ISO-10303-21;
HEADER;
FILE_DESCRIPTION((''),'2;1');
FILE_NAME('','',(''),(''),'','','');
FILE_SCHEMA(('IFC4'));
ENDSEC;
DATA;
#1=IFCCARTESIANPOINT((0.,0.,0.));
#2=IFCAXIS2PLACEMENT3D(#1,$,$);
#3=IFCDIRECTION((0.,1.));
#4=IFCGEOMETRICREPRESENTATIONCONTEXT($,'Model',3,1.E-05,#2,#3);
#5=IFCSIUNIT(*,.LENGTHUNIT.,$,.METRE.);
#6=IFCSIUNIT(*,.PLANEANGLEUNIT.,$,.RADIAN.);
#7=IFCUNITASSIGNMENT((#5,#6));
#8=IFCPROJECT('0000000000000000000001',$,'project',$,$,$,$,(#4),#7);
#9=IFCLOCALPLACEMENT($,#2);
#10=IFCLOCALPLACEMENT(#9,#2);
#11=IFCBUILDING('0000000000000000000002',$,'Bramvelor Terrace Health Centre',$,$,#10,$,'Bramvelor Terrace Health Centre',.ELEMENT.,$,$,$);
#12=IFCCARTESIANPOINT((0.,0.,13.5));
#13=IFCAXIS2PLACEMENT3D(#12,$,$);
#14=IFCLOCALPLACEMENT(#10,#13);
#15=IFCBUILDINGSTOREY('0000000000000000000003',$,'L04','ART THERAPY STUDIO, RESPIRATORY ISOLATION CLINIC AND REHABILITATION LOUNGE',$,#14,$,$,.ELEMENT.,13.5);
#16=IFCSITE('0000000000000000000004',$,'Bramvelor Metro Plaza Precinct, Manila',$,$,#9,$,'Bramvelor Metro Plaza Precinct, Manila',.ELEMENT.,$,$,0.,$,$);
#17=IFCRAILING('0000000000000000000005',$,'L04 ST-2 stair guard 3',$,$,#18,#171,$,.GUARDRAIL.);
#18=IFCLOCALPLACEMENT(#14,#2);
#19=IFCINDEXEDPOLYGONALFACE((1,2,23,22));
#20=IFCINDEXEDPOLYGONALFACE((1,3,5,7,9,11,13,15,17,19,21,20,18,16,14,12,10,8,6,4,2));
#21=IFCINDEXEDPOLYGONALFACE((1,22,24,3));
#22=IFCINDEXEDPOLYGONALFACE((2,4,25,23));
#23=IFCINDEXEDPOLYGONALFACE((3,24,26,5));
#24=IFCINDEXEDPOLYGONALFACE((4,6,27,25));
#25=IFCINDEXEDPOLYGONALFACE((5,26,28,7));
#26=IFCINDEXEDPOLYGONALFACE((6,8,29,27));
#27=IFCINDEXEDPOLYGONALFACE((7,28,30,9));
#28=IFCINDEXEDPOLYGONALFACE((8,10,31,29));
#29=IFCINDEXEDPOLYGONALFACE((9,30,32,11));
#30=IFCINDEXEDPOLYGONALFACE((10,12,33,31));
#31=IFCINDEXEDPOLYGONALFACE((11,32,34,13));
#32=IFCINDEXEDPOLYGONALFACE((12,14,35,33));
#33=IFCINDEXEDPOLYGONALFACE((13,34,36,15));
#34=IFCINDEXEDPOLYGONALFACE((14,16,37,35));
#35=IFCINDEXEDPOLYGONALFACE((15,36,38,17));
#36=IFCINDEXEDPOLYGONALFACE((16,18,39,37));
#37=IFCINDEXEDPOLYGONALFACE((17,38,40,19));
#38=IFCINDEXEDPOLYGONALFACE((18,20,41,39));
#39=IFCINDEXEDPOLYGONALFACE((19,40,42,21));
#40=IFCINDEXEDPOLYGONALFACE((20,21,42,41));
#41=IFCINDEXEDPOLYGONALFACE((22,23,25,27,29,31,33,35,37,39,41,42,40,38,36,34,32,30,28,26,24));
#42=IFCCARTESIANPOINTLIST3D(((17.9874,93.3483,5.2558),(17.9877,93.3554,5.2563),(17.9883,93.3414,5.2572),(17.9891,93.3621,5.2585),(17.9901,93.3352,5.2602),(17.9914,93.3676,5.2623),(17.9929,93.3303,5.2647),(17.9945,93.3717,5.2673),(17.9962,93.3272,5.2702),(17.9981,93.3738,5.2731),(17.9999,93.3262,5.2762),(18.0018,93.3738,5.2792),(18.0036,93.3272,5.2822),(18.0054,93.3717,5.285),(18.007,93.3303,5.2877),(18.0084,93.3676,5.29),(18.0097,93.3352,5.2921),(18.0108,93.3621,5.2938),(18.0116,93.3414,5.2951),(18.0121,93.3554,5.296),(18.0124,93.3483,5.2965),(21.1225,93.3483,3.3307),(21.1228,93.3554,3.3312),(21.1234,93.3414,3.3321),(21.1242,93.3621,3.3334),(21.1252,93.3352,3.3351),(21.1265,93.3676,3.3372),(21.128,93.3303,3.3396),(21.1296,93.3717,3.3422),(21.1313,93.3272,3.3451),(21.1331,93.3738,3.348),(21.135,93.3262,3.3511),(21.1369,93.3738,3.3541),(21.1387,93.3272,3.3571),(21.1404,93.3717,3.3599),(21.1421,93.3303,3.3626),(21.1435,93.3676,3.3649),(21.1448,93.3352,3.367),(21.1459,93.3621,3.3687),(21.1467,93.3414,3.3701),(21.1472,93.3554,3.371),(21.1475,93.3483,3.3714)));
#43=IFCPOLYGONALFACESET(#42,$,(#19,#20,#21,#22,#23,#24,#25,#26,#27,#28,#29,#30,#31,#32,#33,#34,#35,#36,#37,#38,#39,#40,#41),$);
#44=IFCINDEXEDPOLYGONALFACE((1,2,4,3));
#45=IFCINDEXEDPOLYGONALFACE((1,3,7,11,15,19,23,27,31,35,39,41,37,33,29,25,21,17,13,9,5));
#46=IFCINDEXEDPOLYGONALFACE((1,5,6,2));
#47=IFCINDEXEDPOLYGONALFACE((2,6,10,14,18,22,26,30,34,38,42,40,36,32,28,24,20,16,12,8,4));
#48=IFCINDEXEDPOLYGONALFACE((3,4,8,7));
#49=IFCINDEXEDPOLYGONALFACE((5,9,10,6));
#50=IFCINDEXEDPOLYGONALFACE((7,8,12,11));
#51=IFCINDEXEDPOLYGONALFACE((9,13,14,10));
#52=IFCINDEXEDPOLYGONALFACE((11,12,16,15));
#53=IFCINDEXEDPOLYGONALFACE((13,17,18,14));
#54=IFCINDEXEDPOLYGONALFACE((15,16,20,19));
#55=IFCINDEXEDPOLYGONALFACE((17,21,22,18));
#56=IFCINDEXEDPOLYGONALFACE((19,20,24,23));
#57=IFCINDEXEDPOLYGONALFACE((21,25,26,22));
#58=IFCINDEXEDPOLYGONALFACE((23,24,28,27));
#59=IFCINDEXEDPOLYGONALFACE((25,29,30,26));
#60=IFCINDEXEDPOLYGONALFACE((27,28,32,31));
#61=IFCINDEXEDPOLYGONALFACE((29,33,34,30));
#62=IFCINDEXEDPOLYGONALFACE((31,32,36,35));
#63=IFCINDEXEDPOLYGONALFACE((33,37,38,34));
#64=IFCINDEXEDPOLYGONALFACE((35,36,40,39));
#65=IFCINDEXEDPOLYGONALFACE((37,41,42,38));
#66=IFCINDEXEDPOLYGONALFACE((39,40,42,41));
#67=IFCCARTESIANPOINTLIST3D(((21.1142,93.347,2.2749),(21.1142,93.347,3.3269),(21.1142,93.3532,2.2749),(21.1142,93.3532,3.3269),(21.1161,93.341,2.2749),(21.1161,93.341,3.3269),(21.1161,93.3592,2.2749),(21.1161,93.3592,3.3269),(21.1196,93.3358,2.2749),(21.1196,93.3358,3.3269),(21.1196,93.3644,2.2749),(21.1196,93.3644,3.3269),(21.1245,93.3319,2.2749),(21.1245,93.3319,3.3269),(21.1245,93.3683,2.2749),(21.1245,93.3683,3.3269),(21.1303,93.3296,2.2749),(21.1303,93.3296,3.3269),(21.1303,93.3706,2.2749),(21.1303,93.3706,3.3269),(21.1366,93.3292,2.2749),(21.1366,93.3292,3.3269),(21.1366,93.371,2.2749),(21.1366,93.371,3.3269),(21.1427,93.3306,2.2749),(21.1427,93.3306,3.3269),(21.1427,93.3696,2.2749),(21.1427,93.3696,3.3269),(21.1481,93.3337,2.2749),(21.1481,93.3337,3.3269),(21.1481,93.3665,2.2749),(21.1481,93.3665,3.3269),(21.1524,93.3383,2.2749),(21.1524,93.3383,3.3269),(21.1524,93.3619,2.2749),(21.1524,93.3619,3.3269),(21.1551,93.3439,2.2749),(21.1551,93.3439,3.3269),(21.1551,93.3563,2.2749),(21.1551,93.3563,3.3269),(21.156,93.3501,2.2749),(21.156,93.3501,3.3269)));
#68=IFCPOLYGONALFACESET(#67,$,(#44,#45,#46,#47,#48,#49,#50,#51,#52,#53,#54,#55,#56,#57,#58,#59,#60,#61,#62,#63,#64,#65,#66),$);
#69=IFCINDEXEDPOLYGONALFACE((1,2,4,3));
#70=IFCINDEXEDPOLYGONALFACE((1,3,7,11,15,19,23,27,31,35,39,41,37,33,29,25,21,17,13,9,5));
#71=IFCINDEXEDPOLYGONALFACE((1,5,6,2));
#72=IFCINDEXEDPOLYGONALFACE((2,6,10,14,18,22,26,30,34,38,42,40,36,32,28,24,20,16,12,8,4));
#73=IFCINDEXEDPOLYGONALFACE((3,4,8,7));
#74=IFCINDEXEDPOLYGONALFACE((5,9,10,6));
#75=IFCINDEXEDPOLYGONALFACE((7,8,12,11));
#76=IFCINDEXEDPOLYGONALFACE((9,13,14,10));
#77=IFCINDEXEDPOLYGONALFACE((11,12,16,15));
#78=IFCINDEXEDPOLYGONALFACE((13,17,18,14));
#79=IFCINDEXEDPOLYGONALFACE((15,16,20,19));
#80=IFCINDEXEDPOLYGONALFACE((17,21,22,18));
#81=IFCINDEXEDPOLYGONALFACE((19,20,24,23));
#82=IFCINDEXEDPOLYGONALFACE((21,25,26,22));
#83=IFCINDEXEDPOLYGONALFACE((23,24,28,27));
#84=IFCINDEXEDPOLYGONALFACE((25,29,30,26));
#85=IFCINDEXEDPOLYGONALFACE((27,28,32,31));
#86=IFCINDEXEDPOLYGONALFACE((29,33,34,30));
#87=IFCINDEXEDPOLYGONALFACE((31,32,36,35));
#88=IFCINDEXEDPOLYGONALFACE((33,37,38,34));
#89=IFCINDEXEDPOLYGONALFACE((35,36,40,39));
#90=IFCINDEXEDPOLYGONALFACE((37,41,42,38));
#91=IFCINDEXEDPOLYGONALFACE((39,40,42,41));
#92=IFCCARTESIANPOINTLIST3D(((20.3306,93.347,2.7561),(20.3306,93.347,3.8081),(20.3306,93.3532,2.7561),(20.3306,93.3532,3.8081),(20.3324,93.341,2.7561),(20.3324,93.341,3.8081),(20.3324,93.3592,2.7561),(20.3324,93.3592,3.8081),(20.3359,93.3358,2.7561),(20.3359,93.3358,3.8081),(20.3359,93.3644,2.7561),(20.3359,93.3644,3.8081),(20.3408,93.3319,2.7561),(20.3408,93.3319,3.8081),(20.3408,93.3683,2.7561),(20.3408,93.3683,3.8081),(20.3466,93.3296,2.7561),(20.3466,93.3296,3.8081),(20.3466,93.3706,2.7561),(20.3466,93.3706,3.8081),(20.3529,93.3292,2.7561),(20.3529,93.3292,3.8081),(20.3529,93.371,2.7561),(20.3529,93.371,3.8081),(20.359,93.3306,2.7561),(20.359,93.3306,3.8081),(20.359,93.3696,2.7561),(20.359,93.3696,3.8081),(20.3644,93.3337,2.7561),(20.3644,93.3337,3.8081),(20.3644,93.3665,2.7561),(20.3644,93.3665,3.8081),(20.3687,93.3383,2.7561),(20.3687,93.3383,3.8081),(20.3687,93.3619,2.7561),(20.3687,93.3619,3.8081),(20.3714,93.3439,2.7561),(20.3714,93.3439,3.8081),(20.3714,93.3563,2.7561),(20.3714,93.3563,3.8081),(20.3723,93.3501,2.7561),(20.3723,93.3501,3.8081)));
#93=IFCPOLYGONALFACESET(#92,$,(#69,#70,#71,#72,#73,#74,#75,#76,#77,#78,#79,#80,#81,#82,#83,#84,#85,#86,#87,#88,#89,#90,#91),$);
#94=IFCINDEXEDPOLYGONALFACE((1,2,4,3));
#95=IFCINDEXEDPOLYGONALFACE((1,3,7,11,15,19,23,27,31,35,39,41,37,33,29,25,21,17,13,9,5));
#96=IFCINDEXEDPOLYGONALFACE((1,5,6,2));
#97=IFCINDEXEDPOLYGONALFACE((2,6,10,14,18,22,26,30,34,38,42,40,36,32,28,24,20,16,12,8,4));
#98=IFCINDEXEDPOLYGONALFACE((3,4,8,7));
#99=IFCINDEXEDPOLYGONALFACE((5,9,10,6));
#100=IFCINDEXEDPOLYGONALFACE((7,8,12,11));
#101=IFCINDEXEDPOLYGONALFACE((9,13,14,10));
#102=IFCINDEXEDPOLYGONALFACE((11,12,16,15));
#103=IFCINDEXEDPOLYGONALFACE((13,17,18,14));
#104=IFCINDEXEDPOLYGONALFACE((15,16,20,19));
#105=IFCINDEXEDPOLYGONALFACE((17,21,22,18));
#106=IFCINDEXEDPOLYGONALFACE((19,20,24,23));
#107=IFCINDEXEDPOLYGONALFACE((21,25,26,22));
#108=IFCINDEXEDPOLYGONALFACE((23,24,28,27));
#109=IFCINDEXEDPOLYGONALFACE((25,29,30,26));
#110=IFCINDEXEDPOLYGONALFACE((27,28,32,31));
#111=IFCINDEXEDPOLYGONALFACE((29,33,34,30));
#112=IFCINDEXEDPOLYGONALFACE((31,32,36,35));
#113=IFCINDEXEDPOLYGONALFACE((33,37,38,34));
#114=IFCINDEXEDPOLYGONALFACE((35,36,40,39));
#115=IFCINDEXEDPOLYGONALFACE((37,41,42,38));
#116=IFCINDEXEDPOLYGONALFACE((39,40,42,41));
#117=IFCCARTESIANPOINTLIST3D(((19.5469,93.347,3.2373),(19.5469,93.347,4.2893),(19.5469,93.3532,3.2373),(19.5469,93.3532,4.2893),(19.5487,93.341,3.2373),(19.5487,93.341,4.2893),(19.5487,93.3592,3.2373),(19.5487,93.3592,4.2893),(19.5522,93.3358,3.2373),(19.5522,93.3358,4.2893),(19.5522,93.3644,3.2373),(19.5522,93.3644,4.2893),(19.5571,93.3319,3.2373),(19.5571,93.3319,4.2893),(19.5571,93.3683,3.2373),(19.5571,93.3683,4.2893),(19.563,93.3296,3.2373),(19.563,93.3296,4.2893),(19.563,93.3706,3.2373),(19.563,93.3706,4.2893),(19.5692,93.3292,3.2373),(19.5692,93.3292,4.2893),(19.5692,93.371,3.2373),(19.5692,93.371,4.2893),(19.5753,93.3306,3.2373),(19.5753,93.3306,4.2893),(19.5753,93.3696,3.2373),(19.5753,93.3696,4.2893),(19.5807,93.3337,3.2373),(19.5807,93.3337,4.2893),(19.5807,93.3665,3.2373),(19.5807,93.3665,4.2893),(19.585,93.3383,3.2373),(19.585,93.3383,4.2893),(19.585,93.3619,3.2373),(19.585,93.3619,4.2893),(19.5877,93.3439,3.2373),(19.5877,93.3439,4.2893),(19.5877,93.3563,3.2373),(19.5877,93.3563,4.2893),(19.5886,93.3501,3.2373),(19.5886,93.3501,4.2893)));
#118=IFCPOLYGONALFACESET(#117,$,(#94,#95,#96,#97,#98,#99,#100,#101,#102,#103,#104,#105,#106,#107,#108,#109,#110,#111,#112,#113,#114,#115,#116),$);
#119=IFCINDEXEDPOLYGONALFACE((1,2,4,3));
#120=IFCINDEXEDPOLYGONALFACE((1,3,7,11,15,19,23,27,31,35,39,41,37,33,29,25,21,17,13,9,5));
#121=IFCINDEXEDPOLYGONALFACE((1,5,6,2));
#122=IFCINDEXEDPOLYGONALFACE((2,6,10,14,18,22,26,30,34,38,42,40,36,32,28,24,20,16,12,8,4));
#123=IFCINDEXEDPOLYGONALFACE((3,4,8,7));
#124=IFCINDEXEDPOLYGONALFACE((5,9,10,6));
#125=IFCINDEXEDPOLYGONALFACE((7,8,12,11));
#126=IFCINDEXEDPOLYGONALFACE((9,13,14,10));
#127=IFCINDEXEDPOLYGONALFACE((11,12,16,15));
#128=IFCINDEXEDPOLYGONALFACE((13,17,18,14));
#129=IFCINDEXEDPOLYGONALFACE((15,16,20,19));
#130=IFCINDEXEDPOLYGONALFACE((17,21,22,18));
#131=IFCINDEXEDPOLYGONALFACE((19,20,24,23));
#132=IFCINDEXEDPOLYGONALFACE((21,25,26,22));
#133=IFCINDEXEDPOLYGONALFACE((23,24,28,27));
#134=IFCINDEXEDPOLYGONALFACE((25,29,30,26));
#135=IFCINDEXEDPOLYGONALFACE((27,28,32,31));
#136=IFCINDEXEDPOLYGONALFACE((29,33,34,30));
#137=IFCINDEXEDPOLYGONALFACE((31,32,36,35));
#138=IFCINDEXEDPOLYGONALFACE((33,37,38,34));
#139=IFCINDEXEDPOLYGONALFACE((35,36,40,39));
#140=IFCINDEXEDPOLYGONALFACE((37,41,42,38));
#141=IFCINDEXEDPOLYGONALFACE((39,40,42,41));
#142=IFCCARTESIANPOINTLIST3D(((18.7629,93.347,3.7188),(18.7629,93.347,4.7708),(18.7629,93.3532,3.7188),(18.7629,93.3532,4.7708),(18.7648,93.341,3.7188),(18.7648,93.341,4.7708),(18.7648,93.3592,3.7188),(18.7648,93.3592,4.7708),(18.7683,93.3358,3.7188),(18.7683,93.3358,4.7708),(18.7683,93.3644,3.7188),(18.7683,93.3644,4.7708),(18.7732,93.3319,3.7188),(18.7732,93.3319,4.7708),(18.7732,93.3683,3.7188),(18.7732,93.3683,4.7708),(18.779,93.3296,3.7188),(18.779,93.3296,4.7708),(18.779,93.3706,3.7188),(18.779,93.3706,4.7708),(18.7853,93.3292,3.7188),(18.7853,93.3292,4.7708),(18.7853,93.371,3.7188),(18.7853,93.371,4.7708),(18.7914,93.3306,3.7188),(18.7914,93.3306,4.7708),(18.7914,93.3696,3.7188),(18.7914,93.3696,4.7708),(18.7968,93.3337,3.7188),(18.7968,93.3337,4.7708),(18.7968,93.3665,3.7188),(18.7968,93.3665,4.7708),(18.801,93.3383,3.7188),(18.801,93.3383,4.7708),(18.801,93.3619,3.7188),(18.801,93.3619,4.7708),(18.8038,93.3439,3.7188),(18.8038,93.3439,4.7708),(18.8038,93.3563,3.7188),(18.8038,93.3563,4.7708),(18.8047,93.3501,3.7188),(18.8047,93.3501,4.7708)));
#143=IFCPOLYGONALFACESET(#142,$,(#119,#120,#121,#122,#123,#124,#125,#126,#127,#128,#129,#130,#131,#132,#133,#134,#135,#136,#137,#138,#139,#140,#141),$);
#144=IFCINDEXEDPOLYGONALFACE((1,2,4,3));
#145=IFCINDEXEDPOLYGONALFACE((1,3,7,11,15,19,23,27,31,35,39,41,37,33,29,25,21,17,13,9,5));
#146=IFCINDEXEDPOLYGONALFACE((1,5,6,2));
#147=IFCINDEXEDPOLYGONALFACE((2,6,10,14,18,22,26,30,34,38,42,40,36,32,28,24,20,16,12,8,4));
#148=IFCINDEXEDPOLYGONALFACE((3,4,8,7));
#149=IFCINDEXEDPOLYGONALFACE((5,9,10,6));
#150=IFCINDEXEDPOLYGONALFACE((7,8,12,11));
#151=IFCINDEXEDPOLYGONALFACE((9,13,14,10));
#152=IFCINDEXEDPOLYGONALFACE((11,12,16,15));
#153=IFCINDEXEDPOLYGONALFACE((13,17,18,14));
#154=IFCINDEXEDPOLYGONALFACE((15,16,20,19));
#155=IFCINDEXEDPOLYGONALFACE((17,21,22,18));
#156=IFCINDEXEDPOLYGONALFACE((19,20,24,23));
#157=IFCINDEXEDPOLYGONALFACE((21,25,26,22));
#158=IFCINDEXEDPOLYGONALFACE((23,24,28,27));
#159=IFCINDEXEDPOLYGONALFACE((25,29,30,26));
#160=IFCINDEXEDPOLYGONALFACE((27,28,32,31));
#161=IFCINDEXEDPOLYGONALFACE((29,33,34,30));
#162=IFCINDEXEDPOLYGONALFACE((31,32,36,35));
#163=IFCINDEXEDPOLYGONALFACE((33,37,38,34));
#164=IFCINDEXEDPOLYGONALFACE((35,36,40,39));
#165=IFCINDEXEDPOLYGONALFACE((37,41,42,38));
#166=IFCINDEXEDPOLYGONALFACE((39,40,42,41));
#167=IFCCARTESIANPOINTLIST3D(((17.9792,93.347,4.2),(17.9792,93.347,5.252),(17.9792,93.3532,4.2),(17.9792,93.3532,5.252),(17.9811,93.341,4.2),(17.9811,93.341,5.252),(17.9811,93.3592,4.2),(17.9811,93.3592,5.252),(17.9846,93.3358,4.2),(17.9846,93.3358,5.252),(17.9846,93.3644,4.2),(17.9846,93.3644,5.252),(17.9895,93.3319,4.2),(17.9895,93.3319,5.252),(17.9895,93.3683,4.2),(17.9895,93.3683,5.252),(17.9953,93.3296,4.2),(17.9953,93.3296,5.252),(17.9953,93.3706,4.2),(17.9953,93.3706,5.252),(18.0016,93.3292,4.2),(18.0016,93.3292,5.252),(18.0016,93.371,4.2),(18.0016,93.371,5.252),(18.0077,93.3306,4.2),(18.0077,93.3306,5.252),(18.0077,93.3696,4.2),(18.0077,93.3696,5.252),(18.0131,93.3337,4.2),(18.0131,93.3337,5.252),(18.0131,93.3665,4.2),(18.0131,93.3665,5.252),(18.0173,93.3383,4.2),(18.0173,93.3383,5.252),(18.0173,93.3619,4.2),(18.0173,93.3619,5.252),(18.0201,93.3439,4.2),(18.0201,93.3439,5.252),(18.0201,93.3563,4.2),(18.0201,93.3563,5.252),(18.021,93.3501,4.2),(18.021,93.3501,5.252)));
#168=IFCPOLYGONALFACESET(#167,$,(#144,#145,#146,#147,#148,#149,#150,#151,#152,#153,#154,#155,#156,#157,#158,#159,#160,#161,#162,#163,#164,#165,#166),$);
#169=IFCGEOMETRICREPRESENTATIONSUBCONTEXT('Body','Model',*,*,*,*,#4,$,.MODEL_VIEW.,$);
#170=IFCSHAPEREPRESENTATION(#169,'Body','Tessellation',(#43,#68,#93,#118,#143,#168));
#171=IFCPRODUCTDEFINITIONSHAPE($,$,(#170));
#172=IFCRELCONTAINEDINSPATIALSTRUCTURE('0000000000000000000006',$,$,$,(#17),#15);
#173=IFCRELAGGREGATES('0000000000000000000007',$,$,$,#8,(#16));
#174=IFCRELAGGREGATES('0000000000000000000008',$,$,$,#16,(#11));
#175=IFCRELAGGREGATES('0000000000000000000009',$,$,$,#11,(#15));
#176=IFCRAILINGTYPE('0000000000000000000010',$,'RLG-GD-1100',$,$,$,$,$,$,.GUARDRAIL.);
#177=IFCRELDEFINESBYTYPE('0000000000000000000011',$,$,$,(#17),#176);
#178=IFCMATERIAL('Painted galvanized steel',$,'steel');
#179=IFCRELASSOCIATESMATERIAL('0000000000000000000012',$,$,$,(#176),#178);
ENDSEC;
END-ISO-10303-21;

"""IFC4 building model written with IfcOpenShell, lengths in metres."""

from ifc_helpers import new_model, si_unit, direction, frame, origin, origin_2d, place, context, subcontext, project, spatial, circle, extrude, material, type_object, element, save


model = new_model("IFC4")

# Units and contexts
model_context = context("Model", 3, precision=1e-05, world=origin(), true_north=direction((0.0, 1.0)))
body_context = subcontext(model_context, "Body", "Model", "MODEL_VIEW")
ifc_project = project(units=[si_unit("LENGTHUNIT", "METRE"), si_unit("PLANEANGLEUNIT", "RADIAN")], contexts=[model_context])

# Site, building, storey
site_placement = place(None, origin())
site = spatial("IfcSite", under=ifc_project, at=site_placement, Name="Bramvelor Metro Plaza Precinct, Manila", LongName="Bramvelor Metro Plaza Precinct, Manila", CompositionType="ELEMENT", RefElevation=0.0)
building_placement = place(site_placement, origin())
building = spatial("IfcBuilding", under=site, at=building_placement, Name="Bramvelor Terrace Health Centre", LongName="Bramvelor Terrace Health Centre", CompositionType="ELEMENT")
storey_placement = place(building_placement, frame((0.0, 0.0, 13.5)))
storey = spatial("IfcBuildingStorey", under=building, at=storey_placement, Name="L04", Description="ART THERAPY STUDIO, RESPIRATORY ISOLATION CLINIC AND REHABILITATION LOUNGE", CompositionType="ELEMENT", Elevation=13.5)

# Railing
ifc_material_1 = material(Name="Painted galvanized steel", Category="steel")
railing_type_1 = type_object("IfcRailingType", Name="RLG-GD-1100", PredefinedType="GUARDRAIL", material=ifc_material_1)
railing_1_placement = place(storey_placement, frame((21.135, 93.3501, 2.2749)))
element("IfcRailing", 1, at=railing_1_placement, inside=storey, type_object=railing_type_1, Name="L04 ST-2 stair guard 3", PredefinedType="GUARDRAIL", context=body_context, shape_type="SweptSolid", body=[
    extrude(circle(Radius=0.0239, at=origin_2d()), frame((0.0, 0.0, 1.0762), z_axis=(-0.852166, 0.0, 0.523271), x_axis=(0.0, -1.0, 0.0)), (0.0, 0.0, 1.0), 3.679),
    extrude(circle(Radius=0.021, at=origin_2d()), origin(), (0.0, 0.0, 1.0), 1.052),
    extrude(circle(Radius=0.021, at=origin_2d()), frame((-0.7837, 0.0, 0.4812)), (0.0, 0.0, 1.0), 1.052),
    extrude(circle(Radius=0.021, at=origin_2d()), frame((-1.5674, 0.0, 0.9624)), (0.0, 0.0, 1.0), 1.052),
    extrude(circle(Radius=0.021, at=origin_2d()), frame((-2.3513, 0.0, 1.4438)), (0.0, 0.0, 1.0), 1.052),
    extrude(circle(Radius=0.021, at=origin_2d()), frame((-3.135, 0.0, 1.925)), (0.0, 0.0, 1.0), 1.052),
])

save(model, "model.ifc")
